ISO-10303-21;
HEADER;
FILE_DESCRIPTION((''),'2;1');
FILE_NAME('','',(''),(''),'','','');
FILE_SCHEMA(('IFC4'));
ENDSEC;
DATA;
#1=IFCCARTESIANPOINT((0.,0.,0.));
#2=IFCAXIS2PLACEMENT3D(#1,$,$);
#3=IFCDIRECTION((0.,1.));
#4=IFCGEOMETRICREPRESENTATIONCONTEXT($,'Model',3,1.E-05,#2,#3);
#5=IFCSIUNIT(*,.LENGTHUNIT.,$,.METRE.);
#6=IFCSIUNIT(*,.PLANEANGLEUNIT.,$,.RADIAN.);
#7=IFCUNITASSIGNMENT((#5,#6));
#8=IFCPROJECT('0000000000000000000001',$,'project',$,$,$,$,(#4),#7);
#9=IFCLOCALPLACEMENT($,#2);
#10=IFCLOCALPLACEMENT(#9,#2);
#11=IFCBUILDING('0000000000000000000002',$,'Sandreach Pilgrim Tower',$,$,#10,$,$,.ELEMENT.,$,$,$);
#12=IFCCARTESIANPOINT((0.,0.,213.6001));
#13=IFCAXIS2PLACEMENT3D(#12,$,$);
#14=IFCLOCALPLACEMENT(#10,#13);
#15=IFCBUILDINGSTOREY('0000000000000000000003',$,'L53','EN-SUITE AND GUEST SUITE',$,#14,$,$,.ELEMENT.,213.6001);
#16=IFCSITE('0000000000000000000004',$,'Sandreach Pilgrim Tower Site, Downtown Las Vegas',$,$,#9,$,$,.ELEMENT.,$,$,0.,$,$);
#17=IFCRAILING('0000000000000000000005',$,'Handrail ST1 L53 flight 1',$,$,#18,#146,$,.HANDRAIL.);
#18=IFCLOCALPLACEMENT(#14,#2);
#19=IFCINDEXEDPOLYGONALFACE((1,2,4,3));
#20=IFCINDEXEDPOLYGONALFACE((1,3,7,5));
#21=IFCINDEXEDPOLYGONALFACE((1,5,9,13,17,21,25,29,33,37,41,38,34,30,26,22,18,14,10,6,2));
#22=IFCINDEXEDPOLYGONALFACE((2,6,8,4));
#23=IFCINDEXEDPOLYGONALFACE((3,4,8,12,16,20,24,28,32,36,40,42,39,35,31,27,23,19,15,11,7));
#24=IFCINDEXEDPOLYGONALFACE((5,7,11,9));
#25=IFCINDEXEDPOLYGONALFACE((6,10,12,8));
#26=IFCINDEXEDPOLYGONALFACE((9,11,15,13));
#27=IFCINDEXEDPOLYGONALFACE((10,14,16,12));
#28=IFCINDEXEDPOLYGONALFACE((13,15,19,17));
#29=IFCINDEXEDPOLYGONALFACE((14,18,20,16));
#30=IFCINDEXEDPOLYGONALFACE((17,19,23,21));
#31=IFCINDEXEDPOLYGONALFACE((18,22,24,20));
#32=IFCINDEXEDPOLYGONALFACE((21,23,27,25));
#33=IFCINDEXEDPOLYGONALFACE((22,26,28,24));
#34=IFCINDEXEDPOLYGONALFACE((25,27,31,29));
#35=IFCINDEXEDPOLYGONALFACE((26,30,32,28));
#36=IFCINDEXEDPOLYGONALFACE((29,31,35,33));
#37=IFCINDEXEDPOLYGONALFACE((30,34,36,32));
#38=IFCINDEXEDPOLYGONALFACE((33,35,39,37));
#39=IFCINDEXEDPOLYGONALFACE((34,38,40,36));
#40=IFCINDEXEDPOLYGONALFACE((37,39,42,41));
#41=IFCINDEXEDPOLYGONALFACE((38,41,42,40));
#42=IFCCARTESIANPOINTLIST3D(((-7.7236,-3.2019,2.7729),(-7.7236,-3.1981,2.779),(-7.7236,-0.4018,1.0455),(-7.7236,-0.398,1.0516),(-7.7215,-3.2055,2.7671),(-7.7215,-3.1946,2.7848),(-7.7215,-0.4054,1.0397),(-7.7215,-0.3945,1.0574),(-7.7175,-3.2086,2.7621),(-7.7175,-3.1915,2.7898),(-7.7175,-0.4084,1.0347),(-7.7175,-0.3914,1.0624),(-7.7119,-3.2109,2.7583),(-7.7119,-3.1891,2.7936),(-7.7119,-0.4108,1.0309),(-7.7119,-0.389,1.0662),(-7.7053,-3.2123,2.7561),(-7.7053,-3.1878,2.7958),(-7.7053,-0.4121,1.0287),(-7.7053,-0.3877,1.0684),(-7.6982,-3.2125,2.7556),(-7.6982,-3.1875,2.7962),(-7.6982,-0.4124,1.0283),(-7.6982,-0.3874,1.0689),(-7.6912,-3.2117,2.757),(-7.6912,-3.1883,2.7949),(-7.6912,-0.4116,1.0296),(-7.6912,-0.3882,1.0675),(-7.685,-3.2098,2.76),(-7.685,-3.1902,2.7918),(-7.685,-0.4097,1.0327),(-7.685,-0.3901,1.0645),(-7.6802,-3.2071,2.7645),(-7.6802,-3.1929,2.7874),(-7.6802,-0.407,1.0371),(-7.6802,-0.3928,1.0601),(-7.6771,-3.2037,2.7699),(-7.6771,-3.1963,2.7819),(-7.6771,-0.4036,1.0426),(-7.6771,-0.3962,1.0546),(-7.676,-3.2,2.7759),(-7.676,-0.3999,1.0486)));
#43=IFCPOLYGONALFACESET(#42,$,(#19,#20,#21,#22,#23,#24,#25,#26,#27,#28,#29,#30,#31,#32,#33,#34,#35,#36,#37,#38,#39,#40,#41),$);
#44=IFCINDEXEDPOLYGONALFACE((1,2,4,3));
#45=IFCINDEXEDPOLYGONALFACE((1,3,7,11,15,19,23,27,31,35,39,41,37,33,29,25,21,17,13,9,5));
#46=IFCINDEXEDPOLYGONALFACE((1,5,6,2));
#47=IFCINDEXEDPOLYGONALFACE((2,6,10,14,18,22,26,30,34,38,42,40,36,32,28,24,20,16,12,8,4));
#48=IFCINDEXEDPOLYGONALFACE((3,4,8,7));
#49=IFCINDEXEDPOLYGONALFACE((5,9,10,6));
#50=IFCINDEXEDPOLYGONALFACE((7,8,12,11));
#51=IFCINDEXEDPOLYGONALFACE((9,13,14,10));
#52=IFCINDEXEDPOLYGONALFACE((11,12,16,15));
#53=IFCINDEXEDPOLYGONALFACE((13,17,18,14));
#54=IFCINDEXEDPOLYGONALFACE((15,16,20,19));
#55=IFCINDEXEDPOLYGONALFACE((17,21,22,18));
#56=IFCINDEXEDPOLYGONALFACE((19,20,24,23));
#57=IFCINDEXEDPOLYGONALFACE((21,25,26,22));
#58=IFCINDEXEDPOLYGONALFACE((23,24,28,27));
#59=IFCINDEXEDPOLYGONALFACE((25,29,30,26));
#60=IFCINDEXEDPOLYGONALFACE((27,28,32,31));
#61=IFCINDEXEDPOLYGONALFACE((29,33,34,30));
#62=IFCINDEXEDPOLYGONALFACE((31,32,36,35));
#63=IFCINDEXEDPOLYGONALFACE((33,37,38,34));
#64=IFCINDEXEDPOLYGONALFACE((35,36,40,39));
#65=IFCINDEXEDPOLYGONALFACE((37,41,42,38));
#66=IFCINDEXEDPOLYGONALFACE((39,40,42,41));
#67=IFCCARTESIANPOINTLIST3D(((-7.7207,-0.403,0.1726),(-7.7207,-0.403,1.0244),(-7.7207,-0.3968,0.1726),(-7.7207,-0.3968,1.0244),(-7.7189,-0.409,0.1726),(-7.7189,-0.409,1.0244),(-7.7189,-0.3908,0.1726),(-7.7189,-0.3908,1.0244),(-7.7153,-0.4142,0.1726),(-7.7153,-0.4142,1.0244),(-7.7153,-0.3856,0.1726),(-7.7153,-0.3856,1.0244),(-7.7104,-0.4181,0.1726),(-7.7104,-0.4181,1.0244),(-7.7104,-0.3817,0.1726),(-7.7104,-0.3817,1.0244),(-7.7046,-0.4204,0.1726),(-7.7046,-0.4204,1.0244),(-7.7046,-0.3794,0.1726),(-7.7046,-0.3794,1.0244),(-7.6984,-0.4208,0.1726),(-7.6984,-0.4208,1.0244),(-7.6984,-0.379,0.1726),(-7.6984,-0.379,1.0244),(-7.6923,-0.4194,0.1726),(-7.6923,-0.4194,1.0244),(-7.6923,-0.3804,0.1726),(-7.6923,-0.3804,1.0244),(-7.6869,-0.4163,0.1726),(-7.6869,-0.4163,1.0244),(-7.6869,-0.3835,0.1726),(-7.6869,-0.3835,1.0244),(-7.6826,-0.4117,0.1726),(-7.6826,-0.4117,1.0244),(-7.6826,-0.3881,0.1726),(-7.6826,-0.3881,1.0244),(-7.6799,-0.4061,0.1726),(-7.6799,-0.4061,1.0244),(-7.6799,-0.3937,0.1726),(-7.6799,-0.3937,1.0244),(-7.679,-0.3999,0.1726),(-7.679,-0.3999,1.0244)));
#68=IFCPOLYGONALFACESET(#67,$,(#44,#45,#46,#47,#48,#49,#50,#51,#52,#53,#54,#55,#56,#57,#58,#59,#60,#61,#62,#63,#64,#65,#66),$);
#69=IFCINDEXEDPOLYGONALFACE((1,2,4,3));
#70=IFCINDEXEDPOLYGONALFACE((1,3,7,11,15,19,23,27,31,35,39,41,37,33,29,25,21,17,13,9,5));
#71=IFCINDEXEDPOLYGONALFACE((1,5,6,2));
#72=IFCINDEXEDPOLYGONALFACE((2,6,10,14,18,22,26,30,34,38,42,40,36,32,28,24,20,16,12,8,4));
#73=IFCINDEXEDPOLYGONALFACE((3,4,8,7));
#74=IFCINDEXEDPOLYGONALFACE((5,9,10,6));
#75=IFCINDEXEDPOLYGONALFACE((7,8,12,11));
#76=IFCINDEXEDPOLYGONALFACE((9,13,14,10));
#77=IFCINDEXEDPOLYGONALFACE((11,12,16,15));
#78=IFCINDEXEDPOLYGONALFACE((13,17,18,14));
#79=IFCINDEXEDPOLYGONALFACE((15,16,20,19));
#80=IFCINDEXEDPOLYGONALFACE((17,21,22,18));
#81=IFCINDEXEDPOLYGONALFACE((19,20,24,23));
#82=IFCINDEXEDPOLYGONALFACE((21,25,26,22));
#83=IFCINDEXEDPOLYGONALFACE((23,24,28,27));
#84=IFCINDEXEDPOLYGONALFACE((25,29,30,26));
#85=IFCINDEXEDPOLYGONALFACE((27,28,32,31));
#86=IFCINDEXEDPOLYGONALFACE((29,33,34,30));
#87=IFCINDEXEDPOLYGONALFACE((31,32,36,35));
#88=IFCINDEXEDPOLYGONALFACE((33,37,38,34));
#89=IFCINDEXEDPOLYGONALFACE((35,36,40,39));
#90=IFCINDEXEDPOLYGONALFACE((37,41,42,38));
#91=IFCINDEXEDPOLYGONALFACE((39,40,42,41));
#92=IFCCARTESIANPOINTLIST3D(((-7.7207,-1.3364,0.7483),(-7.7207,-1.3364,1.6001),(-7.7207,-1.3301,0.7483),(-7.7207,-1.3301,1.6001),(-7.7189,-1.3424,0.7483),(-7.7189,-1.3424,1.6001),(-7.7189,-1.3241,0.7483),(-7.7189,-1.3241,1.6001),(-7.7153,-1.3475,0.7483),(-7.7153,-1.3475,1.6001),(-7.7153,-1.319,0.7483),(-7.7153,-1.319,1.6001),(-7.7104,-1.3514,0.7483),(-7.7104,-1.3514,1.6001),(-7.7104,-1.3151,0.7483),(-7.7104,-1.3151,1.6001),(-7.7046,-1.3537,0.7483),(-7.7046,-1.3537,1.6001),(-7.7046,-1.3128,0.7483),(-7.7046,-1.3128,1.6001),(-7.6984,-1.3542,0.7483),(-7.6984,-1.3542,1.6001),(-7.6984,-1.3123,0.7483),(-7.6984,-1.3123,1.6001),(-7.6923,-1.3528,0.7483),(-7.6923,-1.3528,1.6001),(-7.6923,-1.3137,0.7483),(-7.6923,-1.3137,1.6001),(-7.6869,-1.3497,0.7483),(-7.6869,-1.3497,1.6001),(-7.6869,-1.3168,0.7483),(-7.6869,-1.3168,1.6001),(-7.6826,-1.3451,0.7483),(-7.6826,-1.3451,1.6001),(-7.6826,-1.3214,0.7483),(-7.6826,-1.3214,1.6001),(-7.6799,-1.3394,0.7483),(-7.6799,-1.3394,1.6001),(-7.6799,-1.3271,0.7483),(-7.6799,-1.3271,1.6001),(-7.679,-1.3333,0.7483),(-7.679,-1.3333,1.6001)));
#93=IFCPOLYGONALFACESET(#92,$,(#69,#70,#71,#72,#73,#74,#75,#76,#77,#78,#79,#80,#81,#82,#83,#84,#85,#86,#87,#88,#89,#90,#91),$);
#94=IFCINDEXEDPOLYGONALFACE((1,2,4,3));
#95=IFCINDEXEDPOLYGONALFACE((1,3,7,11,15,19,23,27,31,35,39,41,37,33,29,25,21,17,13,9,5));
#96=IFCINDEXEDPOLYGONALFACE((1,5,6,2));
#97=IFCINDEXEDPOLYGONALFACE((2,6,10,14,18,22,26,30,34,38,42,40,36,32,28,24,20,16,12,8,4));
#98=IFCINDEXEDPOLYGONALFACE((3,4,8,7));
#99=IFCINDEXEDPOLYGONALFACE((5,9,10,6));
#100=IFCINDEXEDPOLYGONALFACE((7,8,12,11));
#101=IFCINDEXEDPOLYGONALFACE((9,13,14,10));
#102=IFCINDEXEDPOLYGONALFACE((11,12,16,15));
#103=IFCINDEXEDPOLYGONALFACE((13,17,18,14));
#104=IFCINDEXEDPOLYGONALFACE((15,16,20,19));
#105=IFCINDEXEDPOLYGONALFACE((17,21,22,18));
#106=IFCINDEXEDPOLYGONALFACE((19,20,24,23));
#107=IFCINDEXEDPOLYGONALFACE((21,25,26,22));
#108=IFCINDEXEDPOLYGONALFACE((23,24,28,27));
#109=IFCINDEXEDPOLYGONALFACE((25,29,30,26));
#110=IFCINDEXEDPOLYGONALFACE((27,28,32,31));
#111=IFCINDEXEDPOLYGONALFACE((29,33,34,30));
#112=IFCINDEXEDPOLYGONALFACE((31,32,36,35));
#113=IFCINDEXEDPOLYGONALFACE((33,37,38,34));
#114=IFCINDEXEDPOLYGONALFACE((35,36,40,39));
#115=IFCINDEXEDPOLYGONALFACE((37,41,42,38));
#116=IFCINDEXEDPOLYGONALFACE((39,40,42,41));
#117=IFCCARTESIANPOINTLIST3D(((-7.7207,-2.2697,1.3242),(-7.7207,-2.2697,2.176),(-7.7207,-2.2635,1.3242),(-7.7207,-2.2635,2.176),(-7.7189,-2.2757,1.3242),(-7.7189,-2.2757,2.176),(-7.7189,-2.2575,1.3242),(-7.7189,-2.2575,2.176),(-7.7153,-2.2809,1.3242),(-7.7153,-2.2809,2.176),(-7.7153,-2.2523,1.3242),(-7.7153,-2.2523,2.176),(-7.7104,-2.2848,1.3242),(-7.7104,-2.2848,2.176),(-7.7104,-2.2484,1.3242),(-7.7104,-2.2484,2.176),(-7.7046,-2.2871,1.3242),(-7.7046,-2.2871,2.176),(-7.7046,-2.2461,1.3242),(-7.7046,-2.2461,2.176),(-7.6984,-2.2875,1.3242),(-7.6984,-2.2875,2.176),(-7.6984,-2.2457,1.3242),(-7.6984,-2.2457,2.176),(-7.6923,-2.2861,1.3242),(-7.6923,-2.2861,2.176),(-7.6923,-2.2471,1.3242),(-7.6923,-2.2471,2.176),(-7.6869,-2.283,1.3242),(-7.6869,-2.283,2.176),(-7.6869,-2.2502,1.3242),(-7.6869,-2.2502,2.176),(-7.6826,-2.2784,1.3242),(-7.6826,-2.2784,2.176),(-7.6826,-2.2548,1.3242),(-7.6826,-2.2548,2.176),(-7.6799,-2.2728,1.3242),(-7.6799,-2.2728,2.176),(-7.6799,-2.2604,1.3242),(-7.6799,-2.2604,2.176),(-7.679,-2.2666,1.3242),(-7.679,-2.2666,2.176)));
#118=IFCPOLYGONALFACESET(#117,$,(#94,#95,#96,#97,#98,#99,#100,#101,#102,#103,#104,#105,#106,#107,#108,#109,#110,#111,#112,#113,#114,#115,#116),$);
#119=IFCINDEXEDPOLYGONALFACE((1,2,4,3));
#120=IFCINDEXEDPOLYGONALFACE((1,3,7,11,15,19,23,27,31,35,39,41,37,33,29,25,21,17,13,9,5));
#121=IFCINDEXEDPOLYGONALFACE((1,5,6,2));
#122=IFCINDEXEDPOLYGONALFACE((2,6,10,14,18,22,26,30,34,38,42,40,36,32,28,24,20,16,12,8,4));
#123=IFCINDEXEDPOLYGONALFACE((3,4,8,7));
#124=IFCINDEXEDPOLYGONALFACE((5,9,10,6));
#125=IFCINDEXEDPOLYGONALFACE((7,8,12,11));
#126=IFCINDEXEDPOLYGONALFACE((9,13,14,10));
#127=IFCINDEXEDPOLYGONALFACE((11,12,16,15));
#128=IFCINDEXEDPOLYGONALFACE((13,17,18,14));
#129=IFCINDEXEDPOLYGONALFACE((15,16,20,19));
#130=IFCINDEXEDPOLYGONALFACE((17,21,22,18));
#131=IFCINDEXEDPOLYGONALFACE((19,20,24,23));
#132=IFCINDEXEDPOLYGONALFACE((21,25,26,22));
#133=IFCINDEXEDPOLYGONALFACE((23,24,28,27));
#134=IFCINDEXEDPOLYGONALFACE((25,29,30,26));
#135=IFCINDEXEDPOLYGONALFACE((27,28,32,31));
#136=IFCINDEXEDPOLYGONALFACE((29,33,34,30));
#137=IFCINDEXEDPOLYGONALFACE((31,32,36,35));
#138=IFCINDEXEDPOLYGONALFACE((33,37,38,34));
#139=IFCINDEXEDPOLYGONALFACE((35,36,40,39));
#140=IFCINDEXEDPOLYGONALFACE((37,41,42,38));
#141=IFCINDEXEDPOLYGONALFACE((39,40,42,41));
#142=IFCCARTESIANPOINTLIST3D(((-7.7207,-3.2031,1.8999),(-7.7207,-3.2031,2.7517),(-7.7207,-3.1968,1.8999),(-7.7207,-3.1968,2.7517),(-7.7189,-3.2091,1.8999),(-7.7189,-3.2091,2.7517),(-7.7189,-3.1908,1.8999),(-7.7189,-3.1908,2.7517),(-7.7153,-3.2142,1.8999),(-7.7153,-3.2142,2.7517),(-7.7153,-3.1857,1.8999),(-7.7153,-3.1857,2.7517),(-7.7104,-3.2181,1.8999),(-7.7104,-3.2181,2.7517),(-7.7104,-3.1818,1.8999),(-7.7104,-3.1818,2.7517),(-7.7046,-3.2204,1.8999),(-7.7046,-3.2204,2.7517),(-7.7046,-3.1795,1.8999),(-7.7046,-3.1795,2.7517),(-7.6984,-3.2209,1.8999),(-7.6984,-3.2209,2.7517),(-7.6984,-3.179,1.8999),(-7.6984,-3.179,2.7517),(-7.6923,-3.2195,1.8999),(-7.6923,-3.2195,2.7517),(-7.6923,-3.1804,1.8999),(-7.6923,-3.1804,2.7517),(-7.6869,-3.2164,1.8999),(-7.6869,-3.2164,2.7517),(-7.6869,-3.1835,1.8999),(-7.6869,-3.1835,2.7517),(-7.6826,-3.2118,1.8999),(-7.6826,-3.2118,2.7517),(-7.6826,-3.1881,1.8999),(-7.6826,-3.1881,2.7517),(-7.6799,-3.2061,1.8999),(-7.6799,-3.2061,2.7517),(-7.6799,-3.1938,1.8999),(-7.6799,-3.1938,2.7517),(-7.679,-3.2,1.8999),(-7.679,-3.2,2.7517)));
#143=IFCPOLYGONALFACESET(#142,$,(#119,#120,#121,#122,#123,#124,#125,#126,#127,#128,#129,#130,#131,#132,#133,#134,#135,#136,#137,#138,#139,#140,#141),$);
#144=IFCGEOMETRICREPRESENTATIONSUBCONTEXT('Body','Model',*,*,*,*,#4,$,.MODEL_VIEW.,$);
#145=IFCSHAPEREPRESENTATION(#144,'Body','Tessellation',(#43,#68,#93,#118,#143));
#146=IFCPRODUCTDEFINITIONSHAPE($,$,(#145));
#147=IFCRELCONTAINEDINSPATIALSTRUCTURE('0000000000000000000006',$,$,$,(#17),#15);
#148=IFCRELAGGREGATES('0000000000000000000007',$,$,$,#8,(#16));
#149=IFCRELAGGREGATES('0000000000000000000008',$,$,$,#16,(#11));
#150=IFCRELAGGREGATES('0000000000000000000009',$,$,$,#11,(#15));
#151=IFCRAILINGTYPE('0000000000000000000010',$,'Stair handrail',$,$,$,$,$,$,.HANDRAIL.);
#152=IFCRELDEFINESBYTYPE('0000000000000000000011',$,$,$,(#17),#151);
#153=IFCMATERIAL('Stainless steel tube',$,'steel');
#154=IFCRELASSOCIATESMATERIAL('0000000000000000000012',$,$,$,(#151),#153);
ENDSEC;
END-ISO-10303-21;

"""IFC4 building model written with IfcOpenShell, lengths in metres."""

from ifc_helpers import new_model, si_unit, direction, frame, origin, origin_2d, place, context, subcontext, project, spatial, circle, extrude, material, type_object, element, save


model = new_model("IFC4")

# Units and contexts
model_context = context("Model", 3, precision=1e-05, world=origin(), true_north=direction((0.0, 1.0)))
body_context = subcontext(model_context, "Body", "Model", "MODEL_VIEW")
ifc_project = project(units=[si_unit("LENGTHUNIT", "METRE"), si_unit("PLANEANGLEUNIT", "RADIAN")], contexts=[model_context])

# Site, building, storey
site_placement = place(None, origin())
site = spatial("IfcSite", under=ifc_project, at=site_placement, Name="Sandreach Pilgrim Tower Site, Downtown Las Vegas", CompositionType="ELEMENT", RefElevation=0.0)
building_placement = place(site_placement, origin())
building = spatial("IfcBuilding", under=site, at=building_placement, Name="Sandreach Pilgrim Tower", CompositionType="ELEMENT")
storey_placement = place(building_placement, frame((0.0, 0.0, 213.6001)))
storey = spatial("IfcBuildingStorey", under=building, at=storey_placement, Name="L53", Description="EN-SUITE AND GUEST SUITE", CompositionType="ELEMENT", Elevation=213.6001)

# Railing
ifc_material_1 = material(Name="Stainless steel tube", Category="steel")
railing_type = type_object("IfcRailingType", Name="Stair handrail", PredefinedType="HANDRAIL", material=ifc_material_1)
for number, where, name in (
    (1, (-7.7, -0.3999, 0.1726), "Handrail ST1 L53 flight 1"),
):
    element("IfcRailing", number, at=place(storey_placement, frame(where)), inside=storey, type_object=railing_type, Name=name, PredefinedType="HANDRAIL", context=body_context, shape_type="SweptSolid", body=[
        extrude(circle(Radius=0.0239, at=origin_2d()), frame((0.0, 0.0, 0.876), z_axis=(0.0, -0.85109, 0.52502), x_axis=(1.0, 0.0, 0.0)), (0.0, 0.0, 1.0), 3.29),
        extrude(circle(Radius=0.021, at=origin_2d()), origin(), (0.0, 0.0, 1.0), 0.8518),
        extrude(circle(Radius=0.021, at=origin_2d()), frame((0.0, -0.9333, 0.5757)), (0.0, 0.0, 1.0), 0.8518),
        extrude(circle(Radius=0.021, at=origin_2d()), frame((0.0, -1.8667, 1.1516)), (0.0, 0.0, 1.0), 0.8518),
        extrude(circle(Radius=0.021, at=origin_2d()), frame((0.0, -2.8, 1.7273)), (0.0, 0.0, 1.0), 0.8518),
    ])

save(model, "model.ifc")
